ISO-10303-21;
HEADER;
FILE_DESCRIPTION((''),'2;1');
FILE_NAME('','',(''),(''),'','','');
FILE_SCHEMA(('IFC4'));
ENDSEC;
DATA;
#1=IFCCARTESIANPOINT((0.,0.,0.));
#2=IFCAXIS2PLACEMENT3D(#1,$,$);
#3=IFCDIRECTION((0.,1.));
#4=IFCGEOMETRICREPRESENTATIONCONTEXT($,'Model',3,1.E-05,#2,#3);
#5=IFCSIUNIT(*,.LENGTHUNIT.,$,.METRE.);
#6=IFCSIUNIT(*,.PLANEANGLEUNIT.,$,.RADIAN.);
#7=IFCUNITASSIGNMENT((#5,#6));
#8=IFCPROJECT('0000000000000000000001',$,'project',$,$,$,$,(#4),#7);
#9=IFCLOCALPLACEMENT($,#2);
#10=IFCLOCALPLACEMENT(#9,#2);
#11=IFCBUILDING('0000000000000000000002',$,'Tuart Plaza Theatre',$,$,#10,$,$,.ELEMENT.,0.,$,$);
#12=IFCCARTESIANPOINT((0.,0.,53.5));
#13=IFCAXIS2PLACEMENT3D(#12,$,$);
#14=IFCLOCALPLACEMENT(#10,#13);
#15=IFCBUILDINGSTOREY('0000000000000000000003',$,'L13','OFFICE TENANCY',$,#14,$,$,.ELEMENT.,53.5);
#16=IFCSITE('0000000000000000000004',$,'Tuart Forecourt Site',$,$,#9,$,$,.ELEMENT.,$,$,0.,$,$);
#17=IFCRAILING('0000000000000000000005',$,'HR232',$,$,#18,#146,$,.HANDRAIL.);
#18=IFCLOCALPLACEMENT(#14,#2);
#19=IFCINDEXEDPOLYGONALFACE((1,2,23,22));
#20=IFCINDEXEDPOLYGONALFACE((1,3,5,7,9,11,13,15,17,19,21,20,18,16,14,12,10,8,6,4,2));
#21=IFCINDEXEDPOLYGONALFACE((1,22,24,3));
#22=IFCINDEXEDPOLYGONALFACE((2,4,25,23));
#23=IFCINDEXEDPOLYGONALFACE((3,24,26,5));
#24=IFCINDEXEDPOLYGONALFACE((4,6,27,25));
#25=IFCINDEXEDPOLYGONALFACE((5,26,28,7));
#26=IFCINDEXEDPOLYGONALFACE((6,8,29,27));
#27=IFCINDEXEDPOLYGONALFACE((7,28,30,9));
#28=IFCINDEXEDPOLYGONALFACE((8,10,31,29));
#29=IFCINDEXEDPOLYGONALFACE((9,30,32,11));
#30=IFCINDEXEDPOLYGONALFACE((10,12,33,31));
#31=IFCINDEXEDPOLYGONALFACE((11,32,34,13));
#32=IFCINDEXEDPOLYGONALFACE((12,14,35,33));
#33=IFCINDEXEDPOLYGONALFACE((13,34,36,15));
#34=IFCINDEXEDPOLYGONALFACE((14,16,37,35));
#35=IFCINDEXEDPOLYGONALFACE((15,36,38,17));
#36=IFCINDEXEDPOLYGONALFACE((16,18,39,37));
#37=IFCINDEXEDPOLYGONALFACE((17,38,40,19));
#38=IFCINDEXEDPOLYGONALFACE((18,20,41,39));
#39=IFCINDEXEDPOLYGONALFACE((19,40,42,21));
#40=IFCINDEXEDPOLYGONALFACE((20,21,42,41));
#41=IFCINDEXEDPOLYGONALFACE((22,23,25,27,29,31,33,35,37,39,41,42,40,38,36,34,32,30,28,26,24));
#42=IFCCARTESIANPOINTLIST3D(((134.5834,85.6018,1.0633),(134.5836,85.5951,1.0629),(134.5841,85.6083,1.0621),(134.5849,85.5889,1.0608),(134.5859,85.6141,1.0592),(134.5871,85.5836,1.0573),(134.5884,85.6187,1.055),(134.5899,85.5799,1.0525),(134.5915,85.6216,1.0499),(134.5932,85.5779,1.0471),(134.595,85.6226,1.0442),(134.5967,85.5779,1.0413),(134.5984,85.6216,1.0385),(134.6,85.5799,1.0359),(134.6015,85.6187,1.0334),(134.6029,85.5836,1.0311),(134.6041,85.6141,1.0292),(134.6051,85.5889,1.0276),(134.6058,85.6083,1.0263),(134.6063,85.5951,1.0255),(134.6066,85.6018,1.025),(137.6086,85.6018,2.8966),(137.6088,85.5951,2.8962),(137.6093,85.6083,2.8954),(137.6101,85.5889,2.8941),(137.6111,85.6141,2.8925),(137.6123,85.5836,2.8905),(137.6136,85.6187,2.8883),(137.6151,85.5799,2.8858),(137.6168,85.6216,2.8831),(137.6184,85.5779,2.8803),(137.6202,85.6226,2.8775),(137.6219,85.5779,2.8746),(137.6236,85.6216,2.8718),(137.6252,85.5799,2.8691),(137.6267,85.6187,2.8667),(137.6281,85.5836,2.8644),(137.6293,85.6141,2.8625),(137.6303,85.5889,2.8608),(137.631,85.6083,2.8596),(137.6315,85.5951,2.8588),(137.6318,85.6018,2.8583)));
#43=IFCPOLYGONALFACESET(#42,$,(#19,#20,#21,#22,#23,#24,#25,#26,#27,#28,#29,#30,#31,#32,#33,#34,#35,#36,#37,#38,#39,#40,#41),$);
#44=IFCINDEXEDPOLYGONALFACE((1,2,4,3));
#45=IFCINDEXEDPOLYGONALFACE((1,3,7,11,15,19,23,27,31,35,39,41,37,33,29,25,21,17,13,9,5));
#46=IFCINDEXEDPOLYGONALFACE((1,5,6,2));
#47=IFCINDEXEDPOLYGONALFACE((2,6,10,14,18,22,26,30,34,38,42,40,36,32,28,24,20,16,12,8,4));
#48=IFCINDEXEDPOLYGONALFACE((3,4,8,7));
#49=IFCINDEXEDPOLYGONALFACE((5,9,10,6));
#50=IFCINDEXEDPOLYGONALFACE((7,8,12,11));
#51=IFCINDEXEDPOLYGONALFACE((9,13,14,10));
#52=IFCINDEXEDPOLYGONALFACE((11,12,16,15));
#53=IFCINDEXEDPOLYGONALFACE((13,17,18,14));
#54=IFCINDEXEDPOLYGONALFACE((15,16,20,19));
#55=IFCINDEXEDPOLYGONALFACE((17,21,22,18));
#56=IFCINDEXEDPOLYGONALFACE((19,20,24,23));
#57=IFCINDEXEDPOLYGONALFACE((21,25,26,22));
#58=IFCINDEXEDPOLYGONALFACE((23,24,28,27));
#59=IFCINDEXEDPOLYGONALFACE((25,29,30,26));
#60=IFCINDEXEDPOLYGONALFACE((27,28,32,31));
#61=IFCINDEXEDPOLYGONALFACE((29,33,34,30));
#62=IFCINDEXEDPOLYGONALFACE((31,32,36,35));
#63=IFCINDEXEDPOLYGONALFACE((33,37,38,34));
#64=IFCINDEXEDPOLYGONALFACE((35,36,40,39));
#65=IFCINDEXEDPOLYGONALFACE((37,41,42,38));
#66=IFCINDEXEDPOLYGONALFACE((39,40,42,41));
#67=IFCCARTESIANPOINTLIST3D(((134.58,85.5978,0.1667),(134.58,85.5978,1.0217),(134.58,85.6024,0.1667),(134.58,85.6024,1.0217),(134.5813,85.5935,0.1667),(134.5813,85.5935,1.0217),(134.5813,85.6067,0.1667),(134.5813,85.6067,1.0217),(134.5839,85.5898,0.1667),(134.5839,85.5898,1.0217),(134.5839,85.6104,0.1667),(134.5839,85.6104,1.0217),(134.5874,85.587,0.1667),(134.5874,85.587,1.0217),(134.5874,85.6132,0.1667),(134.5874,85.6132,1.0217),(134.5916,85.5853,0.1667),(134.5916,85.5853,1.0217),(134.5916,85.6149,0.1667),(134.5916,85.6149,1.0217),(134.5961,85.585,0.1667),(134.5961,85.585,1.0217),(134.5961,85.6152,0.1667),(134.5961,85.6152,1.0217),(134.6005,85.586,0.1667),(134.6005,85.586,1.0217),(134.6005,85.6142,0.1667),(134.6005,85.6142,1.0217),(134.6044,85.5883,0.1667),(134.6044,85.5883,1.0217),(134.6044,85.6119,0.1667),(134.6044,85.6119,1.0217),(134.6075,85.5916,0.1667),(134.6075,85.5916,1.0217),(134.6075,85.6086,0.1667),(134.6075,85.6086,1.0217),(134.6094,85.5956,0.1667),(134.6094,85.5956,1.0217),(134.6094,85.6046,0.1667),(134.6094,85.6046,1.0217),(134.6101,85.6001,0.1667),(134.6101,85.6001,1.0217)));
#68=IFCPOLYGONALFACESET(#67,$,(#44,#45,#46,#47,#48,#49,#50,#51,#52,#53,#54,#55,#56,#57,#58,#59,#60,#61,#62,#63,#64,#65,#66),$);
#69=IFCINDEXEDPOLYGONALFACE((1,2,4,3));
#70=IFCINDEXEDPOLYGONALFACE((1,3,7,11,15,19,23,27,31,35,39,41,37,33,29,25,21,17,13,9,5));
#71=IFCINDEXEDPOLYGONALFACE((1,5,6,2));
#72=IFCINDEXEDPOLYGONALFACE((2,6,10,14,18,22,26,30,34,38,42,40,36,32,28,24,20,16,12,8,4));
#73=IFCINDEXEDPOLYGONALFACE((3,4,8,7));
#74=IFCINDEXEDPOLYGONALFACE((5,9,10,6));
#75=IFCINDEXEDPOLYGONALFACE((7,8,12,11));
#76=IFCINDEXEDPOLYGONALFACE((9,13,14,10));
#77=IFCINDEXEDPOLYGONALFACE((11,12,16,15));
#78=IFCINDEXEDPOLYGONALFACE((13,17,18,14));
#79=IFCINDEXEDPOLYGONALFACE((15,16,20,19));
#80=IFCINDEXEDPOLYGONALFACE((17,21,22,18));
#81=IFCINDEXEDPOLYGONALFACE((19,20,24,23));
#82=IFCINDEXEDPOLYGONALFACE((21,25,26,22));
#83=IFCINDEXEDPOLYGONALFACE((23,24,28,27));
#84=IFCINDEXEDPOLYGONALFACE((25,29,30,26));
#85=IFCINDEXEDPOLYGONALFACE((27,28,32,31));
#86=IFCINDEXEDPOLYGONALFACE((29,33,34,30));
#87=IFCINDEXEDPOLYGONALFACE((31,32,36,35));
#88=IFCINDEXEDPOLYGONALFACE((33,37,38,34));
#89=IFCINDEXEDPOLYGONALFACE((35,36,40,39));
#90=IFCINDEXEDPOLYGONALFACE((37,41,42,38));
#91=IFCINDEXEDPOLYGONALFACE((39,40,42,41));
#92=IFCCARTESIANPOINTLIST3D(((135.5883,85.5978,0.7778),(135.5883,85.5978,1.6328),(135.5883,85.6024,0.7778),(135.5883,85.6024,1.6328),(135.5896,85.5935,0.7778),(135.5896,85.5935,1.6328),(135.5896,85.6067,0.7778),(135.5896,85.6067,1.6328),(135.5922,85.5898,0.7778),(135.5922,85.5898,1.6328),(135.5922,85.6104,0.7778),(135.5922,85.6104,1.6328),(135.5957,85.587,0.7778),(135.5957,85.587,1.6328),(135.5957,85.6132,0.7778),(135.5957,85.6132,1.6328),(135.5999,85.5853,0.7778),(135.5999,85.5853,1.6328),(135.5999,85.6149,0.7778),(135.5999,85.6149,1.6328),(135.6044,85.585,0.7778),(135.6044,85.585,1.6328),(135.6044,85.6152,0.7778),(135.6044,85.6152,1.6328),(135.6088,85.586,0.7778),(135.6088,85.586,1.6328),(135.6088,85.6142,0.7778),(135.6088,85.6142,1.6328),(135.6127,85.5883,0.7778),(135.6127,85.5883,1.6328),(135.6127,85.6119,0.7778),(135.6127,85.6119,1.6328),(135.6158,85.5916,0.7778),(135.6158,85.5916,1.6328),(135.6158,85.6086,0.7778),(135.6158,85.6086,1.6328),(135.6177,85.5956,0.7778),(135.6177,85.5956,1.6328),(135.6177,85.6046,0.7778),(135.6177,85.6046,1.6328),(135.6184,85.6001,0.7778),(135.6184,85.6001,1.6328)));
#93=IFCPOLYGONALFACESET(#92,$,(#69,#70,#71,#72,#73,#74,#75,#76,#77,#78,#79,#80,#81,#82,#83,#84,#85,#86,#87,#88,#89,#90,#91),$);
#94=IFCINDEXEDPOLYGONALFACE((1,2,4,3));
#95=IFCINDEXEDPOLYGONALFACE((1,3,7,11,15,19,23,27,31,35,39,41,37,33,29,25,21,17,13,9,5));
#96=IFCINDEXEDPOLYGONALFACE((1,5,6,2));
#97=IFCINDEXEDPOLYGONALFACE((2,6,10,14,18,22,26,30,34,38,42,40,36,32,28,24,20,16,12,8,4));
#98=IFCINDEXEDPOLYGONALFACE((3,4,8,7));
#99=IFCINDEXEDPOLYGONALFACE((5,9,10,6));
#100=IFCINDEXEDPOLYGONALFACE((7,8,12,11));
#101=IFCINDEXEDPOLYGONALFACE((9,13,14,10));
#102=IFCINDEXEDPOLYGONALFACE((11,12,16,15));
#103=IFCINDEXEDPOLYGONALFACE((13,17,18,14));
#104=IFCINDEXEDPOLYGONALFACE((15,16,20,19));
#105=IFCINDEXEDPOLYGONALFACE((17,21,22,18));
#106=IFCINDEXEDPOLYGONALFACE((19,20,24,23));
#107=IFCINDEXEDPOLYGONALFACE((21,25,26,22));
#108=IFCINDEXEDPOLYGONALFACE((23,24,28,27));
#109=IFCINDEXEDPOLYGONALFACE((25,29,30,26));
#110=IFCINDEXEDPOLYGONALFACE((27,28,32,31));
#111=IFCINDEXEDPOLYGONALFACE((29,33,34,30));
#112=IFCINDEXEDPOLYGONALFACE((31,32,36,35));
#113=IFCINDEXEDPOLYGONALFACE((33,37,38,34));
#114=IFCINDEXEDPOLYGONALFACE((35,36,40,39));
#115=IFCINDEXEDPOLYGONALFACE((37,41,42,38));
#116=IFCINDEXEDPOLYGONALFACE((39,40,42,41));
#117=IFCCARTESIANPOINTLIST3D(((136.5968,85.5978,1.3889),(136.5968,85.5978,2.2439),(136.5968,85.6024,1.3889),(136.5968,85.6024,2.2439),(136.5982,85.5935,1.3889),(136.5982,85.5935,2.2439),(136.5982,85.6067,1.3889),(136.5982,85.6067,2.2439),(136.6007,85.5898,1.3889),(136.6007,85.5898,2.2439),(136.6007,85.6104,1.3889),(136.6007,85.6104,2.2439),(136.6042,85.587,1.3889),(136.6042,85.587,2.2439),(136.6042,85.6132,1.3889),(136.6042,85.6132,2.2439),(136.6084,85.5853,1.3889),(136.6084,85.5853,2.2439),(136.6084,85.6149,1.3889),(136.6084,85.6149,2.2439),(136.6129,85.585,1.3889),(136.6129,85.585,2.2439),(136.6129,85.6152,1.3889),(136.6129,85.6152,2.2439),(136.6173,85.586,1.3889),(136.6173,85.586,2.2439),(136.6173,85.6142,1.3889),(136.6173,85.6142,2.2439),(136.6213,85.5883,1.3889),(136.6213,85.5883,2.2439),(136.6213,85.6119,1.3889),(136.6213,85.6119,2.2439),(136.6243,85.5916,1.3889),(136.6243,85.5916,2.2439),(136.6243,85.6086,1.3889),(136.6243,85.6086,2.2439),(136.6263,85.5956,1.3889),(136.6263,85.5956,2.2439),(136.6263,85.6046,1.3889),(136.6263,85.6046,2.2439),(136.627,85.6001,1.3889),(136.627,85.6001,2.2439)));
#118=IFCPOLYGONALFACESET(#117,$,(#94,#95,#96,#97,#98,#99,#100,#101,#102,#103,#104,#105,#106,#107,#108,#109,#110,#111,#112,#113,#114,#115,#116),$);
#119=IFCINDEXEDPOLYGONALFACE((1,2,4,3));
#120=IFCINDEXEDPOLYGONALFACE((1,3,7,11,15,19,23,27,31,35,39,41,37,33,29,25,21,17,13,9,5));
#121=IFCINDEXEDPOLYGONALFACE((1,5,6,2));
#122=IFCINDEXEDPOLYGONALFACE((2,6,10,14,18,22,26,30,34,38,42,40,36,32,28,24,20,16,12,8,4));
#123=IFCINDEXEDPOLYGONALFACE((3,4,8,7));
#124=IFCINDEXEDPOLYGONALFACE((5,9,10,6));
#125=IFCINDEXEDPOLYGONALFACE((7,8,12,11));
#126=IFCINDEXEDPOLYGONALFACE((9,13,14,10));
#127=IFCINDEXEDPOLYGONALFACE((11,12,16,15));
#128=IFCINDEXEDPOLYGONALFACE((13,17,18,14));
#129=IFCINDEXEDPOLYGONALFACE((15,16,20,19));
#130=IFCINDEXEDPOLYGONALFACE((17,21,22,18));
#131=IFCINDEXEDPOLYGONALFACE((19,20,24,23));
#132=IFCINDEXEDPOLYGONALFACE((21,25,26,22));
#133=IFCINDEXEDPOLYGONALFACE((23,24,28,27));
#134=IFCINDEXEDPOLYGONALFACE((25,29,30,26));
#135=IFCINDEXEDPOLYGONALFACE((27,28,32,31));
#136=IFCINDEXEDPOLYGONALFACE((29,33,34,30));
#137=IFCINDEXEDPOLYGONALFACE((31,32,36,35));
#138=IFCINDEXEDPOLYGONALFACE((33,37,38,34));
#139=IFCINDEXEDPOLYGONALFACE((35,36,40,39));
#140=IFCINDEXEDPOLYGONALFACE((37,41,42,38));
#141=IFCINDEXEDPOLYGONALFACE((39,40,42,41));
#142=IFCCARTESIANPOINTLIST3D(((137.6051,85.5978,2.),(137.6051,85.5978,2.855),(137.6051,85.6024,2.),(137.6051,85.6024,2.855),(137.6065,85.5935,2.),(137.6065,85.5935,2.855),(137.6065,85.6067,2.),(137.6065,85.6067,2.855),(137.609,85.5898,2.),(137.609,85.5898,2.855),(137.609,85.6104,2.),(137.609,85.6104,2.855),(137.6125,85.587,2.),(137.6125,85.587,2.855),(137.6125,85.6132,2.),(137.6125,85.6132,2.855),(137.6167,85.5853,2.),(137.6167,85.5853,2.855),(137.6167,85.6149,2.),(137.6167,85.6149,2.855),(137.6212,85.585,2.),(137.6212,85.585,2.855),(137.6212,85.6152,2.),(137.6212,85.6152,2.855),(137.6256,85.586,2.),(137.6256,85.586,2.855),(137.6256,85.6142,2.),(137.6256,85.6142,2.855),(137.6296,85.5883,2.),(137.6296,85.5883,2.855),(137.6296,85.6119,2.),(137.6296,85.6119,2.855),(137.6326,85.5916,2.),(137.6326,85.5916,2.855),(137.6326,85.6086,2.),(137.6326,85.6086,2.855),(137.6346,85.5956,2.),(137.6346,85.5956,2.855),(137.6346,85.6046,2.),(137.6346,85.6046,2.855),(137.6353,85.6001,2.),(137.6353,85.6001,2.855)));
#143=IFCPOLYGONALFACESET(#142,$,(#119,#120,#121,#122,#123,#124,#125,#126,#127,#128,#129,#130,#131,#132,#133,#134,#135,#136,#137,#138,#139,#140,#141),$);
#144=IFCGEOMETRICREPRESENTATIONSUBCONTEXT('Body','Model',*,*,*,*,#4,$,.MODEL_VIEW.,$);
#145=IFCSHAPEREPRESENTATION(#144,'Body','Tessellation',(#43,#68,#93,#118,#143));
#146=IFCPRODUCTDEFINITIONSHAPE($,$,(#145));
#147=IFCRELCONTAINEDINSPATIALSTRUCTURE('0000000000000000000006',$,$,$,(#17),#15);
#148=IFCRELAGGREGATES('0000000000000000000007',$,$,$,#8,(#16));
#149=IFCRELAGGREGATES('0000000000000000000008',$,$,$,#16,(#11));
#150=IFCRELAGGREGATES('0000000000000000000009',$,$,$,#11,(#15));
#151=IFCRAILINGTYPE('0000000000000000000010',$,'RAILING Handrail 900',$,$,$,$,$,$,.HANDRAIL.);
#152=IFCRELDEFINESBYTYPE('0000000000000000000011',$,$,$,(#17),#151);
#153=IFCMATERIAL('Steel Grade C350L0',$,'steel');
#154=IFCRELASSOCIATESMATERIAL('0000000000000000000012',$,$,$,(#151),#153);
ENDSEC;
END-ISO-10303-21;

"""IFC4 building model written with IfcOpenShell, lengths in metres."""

from ifc_helpers import new_model, si_unit, direction, frame, origin, origin_2d, place, context, subcontext, project, spatial, circle, extrude, material, type_object, element, save


model = new_model("IFC4")

# Units and contexts
model_context = context("Model", 3, precision=1e-05, world=origin(), true_north=direction((0.0, 1.0)))
body_context = subcontext(model_context, "Body", "Model", "MODEL_VIEW")
ifc_project = project(units=[si_unit("LENGTHUNIT", "METRE"), si_unit("PLANEANGLEUNIT", "RADIAN")], contexts=[model_context])

# Site, building, storey
site_placement = place(None, origin())
site = spatial("IfcSite", under=ifc_project, at=site_placement, Name="Tuart Forecourt Site", CompositionType="ELEMENT", RefElevation=0.0)
building_placement = place(site_placement, origin())
building = spatial("IfcBuilding", under=site, at=building_placement, Name="Tuart Plaza Theatre", CompositionType="ELEMENT", ElevationOfRefHeight=0.0)
storey_placement = place(building_placement, frame((0.0, 0.0, 53.5)))
storey = spatial("IfcBuildingStorey", under=building, at=storey_placement, Name="L13", Description="OFFICE TENANCY", CompositionType="ELEMENT", Elevation=53.5)

# Railing
ifc_material_1 = material(Name="Steel Grade C350L0", Category="steel")
railing_type_1 = type_object("IfcRailingType", Name="RAILING Handrail 900", PredefinedType="HANDRAIL", material=ifc_material_1)
for number, where, name in (
    (1, (134.595, 85.6001, 0.1667), "HR232"),
):
    element("IfcRailing", number, at=place(storey_placement, frame(where)), inside=storey, type_object=railing_type_1, Name=name, PredefinedType="HANDRAIL", context=body_context, shape_type="SweptSolid", body=[
        extrude(circle(Radius=0.0225, at=origin_2d()), frame((0.0, 0.0, 0.8774), z_axis=(0.855219, 0.0, 0.518267), x_axis=(0.0, 1.0, 0.0)), (0.0, 0.0, 1.0), 3.5374),
        extrude(circle(Radius=0.0151, at=origin_2d()), origin(), (0.0, 0.0, 1.0), 0.855),
        extrude(circle(Radius=0.0151, at=origin_2d()), frame((1.0083, 0.0, 0.6111)), (0.0, 0.0, 1.0), 0.855),
        extrude(circle(Radius=0.0151, at=origin_2d()), frame((2.0168, 0.0, 1.2222)), (0.0, 0.0, 1.0), 0.855),
        extrude(circle(Radius=0.0151, at=origin_2d()), frame((3.0251, 0.0, 1.8333)), (0.0, 0.0, 1.0), 0.855),
    ])

save(model, "model.ifc")
